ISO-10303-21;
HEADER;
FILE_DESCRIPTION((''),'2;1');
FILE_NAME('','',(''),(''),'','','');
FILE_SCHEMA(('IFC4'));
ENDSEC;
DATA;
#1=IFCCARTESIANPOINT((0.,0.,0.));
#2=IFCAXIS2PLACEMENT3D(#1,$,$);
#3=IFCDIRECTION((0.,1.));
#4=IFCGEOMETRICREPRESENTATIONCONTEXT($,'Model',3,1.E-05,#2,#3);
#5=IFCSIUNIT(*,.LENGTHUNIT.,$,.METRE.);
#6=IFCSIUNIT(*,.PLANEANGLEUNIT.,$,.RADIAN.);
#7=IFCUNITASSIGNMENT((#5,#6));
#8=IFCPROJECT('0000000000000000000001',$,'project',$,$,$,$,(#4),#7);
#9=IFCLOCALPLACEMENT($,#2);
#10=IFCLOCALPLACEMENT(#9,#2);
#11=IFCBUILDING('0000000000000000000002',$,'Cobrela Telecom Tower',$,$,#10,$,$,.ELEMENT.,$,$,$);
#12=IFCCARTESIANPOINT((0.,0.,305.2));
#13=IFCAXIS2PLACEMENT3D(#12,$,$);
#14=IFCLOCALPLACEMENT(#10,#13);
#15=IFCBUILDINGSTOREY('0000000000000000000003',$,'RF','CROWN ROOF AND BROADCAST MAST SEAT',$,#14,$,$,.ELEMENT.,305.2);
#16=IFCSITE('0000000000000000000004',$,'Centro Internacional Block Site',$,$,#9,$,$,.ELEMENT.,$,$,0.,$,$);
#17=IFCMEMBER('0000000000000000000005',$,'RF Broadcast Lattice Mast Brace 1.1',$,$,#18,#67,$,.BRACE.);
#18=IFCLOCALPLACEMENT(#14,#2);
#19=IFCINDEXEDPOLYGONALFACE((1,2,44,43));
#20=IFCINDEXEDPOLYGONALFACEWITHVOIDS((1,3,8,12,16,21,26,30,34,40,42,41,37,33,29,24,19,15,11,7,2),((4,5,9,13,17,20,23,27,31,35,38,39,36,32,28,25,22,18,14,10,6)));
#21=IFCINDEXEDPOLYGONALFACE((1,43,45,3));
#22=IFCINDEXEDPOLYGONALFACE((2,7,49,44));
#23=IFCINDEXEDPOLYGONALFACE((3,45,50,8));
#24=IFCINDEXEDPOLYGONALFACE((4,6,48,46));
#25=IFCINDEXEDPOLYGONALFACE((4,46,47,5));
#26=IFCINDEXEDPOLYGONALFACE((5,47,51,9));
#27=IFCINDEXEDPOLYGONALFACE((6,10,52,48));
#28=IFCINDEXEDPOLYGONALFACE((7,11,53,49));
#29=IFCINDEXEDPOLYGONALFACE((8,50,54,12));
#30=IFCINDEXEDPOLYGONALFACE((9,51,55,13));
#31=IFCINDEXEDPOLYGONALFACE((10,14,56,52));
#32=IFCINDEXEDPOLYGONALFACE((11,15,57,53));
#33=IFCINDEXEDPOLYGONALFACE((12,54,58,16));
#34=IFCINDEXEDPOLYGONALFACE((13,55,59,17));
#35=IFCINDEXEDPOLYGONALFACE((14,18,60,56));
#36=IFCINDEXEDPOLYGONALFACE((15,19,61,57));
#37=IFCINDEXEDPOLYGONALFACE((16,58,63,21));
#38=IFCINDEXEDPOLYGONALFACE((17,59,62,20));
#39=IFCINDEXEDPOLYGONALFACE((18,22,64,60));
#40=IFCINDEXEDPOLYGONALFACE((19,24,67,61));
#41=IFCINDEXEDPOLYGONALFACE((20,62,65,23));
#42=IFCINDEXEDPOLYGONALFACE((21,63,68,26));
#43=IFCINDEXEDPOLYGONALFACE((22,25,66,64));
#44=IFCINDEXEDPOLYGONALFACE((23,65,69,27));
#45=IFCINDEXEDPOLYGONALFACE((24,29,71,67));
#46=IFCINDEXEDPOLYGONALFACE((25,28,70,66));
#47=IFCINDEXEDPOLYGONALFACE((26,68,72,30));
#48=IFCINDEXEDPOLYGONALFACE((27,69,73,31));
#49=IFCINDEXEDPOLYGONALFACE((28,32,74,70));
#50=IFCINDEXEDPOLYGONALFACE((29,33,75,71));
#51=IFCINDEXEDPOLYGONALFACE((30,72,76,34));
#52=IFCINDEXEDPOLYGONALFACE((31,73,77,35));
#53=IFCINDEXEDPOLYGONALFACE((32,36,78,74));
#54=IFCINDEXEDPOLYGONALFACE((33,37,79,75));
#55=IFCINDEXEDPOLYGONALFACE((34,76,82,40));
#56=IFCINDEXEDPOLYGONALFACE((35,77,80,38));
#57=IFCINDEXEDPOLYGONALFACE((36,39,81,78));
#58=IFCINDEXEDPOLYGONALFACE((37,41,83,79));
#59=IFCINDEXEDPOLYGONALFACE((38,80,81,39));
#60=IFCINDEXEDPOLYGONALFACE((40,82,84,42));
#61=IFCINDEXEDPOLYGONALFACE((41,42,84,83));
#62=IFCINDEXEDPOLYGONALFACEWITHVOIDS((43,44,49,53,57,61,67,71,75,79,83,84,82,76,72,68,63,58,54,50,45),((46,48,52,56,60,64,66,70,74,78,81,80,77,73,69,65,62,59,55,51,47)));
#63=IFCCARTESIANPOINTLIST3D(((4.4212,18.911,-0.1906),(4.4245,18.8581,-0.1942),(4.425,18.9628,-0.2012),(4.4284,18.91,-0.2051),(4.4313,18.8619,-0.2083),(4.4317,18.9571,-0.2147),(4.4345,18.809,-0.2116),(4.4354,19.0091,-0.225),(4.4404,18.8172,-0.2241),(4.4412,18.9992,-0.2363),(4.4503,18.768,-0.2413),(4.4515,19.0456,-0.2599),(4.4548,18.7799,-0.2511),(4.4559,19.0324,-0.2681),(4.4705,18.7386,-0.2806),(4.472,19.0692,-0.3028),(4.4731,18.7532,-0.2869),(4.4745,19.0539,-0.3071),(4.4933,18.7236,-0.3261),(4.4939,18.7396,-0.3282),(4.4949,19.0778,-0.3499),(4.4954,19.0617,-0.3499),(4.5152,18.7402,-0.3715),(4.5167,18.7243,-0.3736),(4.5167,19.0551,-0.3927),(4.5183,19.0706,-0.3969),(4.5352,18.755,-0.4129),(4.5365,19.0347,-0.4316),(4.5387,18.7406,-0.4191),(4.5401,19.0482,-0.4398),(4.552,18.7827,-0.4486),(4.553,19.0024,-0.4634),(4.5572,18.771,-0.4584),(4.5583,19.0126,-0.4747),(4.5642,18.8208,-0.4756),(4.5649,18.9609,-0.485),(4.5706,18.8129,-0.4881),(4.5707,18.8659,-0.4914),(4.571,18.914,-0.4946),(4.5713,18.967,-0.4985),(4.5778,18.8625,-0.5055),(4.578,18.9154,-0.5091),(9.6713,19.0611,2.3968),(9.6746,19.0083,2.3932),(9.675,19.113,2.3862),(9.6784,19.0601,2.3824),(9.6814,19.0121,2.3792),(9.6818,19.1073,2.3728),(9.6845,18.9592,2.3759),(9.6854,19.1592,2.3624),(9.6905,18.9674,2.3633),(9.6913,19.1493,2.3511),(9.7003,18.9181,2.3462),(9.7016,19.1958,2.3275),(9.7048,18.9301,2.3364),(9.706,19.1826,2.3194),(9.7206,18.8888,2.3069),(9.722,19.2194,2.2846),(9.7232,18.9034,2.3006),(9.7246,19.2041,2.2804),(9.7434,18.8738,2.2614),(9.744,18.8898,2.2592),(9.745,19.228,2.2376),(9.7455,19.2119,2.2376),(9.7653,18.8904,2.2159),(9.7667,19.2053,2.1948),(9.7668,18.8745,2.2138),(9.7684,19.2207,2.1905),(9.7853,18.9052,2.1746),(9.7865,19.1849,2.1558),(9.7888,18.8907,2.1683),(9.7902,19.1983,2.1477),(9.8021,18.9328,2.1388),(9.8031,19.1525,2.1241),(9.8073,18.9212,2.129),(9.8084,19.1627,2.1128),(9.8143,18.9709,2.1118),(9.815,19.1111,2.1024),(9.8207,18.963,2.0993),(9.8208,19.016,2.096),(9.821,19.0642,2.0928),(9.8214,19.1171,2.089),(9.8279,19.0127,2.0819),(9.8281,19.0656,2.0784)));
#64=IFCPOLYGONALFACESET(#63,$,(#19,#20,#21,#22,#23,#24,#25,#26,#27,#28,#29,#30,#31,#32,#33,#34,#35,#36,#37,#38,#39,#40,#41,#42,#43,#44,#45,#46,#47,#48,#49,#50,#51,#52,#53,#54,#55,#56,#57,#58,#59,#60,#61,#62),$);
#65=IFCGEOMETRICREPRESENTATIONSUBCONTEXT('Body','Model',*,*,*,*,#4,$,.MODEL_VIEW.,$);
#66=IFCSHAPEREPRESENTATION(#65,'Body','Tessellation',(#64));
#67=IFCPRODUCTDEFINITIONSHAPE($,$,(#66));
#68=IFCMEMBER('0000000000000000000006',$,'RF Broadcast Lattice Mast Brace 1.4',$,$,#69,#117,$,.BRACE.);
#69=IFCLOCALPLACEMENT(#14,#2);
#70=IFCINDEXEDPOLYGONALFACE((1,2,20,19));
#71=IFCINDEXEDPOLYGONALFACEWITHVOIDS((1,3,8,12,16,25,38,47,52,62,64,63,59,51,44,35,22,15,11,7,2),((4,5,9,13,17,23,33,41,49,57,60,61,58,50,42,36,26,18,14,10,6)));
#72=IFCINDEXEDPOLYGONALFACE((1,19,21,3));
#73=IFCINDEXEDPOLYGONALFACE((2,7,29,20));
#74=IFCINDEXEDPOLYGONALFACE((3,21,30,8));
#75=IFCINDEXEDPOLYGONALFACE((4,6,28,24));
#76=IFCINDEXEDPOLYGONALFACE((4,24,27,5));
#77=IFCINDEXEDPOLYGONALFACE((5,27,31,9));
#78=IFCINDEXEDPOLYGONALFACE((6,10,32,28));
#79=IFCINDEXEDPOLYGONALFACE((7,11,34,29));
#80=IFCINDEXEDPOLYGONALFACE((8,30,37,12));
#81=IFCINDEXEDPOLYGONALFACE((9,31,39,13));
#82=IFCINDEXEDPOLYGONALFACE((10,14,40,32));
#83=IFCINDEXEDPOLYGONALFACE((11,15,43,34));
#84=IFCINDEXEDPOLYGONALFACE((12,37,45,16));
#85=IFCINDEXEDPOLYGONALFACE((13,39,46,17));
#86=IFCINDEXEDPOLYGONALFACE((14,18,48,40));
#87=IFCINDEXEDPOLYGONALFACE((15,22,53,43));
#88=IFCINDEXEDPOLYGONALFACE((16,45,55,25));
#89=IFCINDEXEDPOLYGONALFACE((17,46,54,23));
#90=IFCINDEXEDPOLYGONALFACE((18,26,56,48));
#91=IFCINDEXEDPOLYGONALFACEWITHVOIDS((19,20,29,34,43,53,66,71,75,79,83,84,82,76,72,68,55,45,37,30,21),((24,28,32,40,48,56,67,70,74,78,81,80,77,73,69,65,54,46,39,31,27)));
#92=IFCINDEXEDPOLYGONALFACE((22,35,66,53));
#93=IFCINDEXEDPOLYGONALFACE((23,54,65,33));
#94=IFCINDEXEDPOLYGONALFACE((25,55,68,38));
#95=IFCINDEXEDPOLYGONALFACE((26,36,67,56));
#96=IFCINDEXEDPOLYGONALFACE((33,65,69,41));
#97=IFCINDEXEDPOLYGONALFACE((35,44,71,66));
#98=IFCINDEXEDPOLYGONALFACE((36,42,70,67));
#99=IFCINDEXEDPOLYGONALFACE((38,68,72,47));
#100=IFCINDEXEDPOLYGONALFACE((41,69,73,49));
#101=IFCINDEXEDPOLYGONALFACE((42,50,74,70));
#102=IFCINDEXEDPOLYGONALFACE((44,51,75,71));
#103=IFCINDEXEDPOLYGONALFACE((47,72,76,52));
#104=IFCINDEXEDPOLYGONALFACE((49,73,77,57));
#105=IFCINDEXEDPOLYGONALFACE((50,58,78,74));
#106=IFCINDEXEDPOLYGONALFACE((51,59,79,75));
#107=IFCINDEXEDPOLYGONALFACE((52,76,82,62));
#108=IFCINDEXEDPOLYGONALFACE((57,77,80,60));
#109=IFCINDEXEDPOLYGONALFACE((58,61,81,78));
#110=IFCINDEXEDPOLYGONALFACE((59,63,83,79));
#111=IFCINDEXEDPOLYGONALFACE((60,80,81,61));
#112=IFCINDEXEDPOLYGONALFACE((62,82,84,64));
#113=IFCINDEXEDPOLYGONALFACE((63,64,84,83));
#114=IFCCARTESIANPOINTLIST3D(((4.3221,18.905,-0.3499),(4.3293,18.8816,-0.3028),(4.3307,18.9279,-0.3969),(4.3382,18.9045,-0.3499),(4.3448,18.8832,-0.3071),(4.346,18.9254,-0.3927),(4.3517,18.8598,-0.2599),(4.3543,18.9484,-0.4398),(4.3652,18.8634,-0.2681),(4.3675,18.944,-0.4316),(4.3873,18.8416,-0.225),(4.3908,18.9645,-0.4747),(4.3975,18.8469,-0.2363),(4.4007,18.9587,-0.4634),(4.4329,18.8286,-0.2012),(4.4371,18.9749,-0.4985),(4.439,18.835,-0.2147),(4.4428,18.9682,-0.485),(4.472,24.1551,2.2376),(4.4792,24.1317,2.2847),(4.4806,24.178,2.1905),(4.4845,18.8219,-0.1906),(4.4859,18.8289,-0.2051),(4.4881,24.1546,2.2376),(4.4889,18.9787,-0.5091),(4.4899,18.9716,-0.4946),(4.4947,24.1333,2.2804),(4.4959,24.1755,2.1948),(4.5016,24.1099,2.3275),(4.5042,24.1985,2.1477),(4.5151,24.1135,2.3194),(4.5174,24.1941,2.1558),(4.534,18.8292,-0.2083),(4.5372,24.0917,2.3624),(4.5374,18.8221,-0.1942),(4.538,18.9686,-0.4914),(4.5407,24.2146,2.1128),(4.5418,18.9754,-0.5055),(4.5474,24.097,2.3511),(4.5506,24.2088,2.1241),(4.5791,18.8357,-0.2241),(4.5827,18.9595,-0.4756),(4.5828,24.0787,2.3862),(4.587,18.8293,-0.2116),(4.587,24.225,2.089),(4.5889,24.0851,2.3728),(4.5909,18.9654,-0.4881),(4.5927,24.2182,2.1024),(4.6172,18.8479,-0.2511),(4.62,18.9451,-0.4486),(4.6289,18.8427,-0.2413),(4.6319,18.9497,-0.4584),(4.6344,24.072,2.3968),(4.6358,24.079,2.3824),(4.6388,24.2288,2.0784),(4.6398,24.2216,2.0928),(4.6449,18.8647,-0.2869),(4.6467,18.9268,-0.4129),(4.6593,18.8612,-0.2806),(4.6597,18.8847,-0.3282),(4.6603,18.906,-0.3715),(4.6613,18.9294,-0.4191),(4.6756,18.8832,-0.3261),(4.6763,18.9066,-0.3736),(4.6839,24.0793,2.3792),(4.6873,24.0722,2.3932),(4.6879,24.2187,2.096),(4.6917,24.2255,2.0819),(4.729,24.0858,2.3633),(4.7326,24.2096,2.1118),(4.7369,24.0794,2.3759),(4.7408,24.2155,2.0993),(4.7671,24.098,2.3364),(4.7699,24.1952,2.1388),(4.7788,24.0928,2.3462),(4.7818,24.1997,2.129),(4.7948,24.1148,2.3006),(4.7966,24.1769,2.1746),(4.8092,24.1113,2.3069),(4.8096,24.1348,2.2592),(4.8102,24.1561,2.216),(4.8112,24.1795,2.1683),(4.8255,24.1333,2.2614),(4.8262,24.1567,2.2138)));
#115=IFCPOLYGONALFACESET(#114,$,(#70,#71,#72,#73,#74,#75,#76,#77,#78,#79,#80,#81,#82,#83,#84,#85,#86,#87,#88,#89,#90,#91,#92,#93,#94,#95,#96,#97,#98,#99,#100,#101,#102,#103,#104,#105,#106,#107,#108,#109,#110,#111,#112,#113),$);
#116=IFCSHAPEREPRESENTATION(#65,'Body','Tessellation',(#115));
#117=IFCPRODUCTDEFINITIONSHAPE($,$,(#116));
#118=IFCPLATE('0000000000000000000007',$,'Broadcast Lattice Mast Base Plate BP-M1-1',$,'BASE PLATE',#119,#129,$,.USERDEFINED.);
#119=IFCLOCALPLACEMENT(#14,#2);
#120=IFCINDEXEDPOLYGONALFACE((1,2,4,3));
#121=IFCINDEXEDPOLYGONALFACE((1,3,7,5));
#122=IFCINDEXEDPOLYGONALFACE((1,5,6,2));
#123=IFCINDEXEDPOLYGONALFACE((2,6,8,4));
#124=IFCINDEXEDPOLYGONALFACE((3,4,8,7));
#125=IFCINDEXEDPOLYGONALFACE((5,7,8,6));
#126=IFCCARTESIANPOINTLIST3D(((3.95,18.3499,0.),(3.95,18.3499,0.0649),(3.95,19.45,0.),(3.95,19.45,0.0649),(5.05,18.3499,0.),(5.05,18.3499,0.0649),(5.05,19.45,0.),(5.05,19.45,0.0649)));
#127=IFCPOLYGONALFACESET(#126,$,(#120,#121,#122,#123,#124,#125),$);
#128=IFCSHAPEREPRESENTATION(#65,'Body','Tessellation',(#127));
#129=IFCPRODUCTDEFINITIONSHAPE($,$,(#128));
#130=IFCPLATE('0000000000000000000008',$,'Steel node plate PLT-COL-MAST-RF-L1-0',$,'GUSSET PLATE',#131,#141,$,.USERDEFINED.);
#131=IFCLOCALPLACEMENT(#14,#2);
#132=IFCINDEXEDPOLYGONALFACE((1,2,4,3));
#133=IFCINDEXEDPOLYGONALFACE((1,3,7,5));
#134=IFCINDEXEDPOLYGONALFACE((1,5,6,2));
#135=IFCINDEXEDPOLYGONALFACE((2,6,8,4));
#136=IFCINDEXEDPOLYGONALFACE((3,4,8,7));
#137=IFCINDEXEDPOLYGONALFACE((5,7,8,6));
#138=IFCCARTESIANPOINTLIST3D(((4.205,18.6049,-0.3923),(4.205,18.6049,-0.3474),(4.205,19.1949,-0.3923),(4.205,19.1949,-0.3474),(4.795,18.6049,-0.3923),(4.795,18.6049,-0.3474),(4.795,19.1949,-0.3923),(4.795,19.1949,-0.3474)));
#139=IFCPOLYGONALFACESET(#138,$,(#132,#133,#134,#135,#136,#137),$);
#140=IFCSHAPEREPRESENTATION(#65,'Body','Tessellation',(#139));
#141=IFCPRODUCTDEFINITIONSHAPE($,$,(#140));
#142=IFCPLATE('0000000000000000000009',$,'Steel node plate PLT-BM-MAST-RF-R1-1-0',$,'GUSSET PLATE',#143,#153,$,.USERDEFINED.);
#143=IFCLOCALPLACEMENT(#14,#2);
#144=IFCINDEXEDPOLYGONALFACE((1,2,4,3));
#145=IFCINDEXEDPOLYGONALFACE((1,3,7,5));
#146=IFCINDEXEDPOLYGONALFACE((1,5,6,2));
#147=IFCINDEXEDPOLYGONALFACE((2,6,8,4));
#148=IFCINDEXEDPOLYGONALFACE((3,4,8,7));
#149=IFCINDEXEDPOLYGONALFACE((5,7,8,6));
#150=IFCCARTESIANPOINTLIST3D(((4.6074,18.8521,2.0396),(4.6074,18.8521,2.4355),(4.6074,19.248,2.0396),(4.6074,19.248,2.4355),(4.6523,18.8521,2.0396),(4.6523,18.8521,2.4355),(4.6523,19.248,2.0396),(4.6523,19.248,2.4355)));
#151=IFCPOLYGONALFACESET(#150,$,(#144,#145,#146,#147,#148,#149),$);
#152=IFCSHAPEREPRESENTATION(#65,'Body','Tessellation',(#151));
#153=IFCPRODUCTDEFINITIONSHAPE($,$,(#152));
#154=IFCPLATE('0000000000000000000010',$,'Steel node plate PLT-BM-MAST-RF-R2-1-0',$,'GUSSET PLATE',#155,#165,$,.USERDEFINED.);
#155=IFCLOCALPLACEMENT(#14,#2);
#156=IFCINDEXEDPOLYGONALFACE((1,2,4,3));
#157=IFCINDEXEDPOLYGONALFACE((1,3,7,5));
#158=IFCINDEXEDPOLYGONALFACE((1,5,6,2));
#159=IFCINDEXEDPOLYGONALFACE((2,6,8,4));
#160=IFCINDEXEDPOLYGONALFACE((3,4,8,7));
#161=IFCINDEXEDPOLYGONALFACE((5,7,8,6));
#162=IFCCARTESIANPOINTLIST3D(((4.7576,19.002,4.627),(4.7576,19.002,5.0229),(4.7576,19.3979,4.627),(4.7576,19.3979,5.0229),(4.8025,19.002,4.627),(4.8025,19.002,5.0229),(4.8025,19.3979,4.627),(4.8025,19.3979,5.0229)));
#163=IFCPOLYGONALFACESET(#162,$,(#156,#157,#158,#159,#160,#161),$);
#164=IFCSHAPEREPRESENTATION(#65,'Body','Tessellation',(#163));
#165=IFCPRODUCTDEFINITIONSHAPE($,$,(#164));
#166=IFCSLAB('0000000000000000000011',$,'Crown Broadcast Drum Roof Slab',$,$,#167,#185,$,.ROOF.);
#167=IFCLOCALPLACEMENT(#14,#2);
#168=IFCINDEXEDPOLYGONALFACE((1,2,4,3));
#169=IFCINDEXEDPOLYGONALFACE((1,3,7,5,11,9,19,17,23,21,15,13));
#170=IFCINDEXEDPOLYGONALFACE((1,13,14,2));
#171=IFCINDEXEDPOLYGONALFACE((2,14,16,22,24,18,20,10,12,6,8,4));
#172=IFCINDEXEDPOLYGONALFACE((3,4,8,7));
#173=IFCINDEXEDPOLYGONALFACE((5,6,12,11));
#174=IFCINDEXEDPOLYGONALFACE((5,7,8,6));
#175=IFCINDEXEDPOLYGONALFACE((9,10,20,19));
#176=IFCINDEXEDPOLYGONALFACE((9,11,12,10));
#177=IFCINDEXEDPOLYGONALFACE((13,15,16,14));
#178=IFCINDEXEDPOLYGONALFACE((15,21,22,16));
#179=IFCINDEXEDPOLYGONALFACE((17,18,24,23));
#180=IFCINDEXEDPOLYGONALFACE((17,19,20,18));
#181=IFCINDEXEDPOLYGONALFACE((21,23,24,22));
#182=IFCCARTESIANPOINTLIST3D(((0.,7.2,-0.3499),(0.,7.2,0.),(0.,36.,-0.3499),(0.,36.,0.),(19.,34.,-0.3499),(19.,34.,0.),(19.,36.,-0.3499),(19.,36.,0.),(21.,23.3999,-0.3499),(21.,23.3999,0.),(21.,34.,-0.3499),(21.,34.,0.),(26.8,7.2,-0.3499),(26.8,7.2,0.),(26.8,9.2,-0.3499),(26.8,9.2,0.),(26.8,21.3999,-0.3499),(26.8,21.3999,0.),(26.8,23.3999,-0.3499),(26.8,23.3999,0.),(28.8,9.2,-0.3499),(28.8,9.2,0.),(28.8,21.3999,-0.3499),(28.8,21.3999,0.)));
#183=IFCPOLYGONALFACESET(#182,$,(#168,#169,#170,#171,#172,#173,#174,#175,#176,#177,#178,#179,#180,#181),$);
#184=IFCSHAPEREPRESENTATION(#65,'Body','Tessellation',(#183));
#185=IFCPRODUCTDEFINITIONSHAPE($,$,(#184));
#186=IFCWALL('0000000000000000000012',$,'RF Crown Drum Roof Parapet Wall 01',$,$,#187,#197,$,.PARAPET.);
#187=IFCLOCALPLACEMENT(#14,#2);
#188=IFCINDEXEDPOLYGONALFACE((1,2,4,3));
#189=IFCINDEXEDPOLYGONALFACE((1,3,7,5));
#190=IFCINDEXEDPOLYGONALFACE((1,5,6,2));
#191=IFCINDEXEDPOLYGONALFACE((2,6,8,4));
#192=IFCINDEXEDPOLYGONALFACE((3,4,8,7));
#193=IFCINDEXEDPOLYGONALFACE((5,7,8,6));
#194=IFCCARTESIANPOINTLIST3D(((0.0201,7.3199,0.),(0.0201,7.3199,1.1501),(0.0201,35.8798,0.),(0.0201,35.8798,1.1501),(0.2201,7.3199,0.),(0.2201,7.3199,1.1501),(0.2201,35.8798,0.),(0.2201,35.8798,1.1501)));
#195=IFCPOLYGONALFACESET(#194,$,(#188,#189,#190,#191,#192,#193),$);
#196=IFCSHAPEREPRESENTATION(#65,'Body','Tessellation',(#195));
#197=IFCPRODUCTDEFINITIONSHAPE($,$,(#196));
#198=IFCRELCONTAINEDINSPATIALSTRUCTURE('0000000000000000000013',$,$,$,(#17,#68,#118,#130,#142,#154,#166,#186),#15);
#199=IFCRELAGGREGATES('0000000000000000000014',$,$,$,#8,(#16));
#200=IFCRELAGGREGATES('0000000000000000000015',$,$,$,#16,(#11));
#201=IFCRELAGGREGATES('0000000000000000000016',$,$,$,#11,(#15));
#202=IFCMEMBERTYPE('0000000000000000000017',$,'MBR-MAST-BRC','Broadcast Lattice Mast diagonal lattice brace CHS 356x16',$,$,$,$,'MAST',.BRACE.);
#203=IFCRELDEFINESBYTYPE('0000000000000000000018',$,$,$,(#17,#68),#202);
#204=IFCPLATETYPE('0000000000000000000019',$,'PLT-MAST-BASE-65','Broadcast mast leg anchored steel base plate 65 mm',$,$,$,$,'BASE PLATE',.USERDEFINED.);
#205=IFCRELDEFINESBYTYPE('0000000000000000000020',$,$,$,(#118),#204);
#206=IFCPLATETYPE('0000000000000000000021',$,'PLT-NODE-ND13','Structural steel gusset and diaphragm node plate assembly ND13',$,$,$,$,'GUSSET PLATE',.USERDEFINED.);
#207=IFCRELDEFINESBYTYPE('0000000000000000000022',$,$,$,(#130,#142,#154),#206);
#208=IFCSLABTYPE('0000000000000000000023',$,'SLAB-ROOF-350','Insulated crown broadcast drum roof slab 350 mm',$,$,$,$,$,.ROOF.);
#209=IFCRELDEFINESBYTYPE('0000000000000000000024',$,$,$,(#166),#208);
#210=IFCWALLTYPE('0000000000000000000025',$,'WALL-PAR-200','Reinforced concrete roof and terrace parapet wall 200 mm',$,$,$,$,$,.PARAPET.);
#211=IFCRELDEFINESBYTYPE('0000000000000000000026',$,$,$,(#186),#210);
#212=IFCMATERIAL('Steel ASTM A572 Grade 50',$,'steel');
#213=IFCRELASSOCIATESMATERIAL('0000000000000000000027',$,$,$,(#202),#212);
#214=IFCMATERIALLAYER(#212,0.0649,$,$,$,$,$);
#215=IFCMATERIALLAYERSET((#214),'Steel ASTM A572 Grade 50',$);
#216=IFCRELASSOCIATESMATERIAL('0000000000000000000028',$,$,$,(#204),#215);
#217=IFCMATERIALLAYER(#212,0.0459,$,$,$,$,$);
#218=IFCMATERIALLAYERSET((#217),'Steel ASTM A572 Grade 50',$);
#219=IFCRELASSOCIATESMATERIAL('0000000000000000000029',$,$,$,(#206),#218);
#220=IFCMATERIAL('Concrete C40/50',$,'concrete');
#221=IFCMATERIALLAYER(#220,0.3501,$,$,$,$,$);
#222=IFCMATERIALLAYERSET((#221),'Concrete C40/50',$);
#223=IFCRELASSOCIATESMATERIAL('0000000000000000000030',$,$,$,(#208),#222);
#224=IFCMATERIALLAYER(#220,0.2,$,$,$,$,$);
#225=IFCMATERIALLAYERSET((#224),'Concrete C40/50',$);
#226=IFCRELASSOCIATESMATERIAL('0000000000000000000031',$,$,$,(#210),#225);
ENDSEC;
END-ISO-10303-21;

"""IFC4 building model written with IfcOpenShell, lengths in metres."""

from ifc_helpers import new_model, si_unit, direction, frame, frame_2d, origin, origin_2d, place, context, subcontext, project, spatial, polyline, rectangle, hollow_circle, outline, extrude, material, layer, layer_set, material_profile, profile_set, type_object, element, save


model = new_model("IFC4")

# Units and contexts
model_context = context("Model", 3, precision=1e-05, world=origin(), true_north=direction((0.0, 1.0)))
body_context = subcontext(model_context, "Body", "Model", "MODEL_VIEW")
ifc_project = project(units=[si_unit("LENGTHUNIT", "METRE"), si_unit("PLANEANGLEUNIT", "RADIAN")], contexts=[model_context])

# Site, building, storey
site_placement = place(None, origin())
site = spatial("IfcSite", under=ifc_project, at=site_placement, Name="Centro Internacional Block Site", CompositionType="ELEMENT", RefElevation=0.0)
building_placement = place(site_placement, origin())
building = spatial("IfcBuilding", under=site, at=building_placement, Name="Cobrela Telecom Tower", CompositionType="ELEMENT")
storey_placement = place(building_placement, frame((0.0, 0.0, 305.2)))
storey = spatial("IfcBuildingStorey", under=building, at=storey_placement, Name="RF", Description="CROWN ROOF AND BROADCAST MAST SEAT", CompositionType="ELEMENT", Elevation=305.2)

# Shared definitions
ifc_material_1 = material(Name="Steel ASTM A572 Grade 50", Category="steel")

# Members
ifc_material_profile_1 = material_profile(ifc_material_1, hollow_circle(Radius=0.178, WallThickness=0.0161, at=origin_2d()), Name="CHS 356x16")
ifc_profile_set_1 = profile_set([ifc_material_profile_1], Name="Steel ASTM A572 Grade 50")
member_type = type_object("IfcMemberType", Name="MBR-MAST-BRC", Description="Broadcast Lattice Mast diagonal lattice brace CHS 356x16", ElementType="MAST", PredefinedType="BRACE", material=ifc_profile_set_1)
for number, where, z_axis, x_axis, name in (
    (1, (4.5, 18.8999, -0.3499), (0.896687, 0.025645, 0.441922), (-0.028588, 0.999591, 0.0), "RF Broadcast Lattice Mast Brace 1.1"),
    (2, (4.5, 18.8999, -0.3499), (0.025603, 0.896688, 0.441922), (-0.999593, 0.028541, 0.0), "RF Broadcast Lattice Mast Brace 1.4"),
):
    element("IfcMember", number, at=place(storey_placement, frame(where, z_axis=z_axis, x_axis=x_axis)), inside=storey, type_object=member_type, Name=name, PredefinedType="BRACE", context=body_context, shape_type="SweptSolid", body=[
        extrude(hollow_circle(Radius=0.178, WallThickness=0.0161, at=origin_2d()), origin(), (0.0, 0.0, 1.0), 5.855),
    ])

# Plates
ifc_layer_1 = layer(ifc_material_1, 0.0649)
ifc_layer_set_1 = layer_set([ifc_layer_1], Name="Steel ASTM A572 Grade 50")
plate_type_1 = type_object("IfcPlateType", Name="PLT-MAST-BASE-65", Description="Broadcast mast leg anchored steel base plate 65 mm", ElementType="BASE PLATE", PredefinedType="USERDEFINED", material=ifc_layer_set_1)
plate_1_placement = place(storey_placement, frame((4.5, 18.8999, 0.0), z_axis=(0.0, 0.0, 1.0), x_axis=(1.0, 0.0, 0.0)))
element("IfcPlate", 3, at=plate_1_placement, inside=storey, type_object=plate_type_1, Name="Broadcast Lattice Mast Base Plate BP-M1-1", ObjectType="BASE PLATE", PredefinedType="USERDEFINED", context=body_context, shape_type="SweptSolid", body=[
    extrude(rectangle(XDim=1.1001, YDim=1.1001, at=origin_2d()), origin(), (0.0, 0.0, 1.0), 0.0649),
])
ifc_layer_2 = layer(ifc_material_1, 0.0459)
ifc_layer_set_2 = layer_set([ifc_layer_2], Name="Steel ASTM A572 Grade 50")
plate_type_2 = type_object("IfcPlateType", Name="PLT-NODE-ND13", Description="Structural steel gusset and diaphragm node plate assembly ND13", ElementType="GUSSET PLATE", PredefinedType="USERDEFINED", material=ifc_layer_set_2)
plate_2_placement = place(storey_placement, frame((4.5, 18.8999, -0.3923), z_axis=(0.0, 0.0, 1.0), x_axis=(1.0, 0.0, 0.0)))
element("IfcPlate", 4, at=plate_2_placement, inside=storey, type_object=plate_type_2, Name="Steel node plate PLT-COL-MAST-RF-L1-0", ObjectType="GUSSET PLATE", PredefinedType="USERDEFINED", context=body_context, shape_type="SweptSolid", body=[
    extrude(rectangle(XDim=0.5901, YDim=0.5901, at=origin_2d()), origin(), (0.0, 0.0, 1.0), 0.0449),
])
for number, where, z_axis, x_axis, name in (
    (5, (4.6299, 19.05, 2.0396), (0.0, 0.0, 1.0), (1.0, 0.0, 0.0), "Steel node plate PLT-BM-MAST-RF-R1-1-0"),
    (6, (4.78, 19.2, 4.627), (0.0, 0.0, 1.0), (1.0, 0.0, 0.0), "Steel node plate PLT-BM-MAST-RF-R2-1-0"),
):
    element("IfcPlate", number, at=place(storey_placement, frame(where, z_axis=z_axis, x_axis=x_axis)), inside=storey, type_object=plate_type_2, Name=name, ObjectType="GUSSET PLATE", PredefinedType="USERDEFINED", context=body_context, shape_type="SweptSolid", body=[
        extrude(rectangle(XDim=0.0449, YDim=0.396, at=origin_2d()), origin(), (0.0, 0.0, 1.0), 0.396),
    ])

# Slab
ifc_material_2 = material(Name="Concrete C40/50", Category="concrete")
ifc_layer_3 = layer(ifc_material_2, 0.3501)
ifc_layer_set_3 = layer_set([ifc_layer_3], Name="Concrete C40/50")
slab_type = type_object("IfcSlabType", Name="SLAB-ROOF-350", Description="Insulated crown broadcast drum roof slab 350 mm", PredefinedType="ROOF", material=ifc_layer_set_3)
slab_placement = place(storey_placement, frame((0.0, 0.0, -0.3499)))
element("IfcSlab", 7, at=slab_placement, inside=storey, type_object=slab_type, Name="Crown Broadcast Drum Roof Slab", PredefinedType="ROOF", context=body_context, shape_type="SweptSolid", body=[
    extrude(outline(polyline([(0.0, 7.2), (26.8, 7.2), (26.8, 9.2), (28.8, 9.2), (28.8, 21.3999), (26.8, 21.3999), (26.8, 23.3999), (21.0, 23.3999), (21.0, 34.0), (19.0, 34.0), (19.0, 36.0), (0.0, 36.0), (0.0, 7.2)])), origin(), (0.0, 0.0, 1.0), 0.3499),
])

# Wall
ifc_layer_4 = layer(ifc_material_2, 0.2)
ifc_layer_set_4 = layer_set([ifc_layer_4], Name="Concrete C40/50")
wall_type = type_object("IfcWallType", Name="WALL-PAR-200", Description="Reinforced concrete roof and terrace parapet wall 200 mm", PredefinedType="PARAPET", material=ifc_layer_set_4)
wall_placement = place(storey_placement, frame((0.1201, 7.3201, 0.0), z_axis=(0.0, 0.0, 1.0), x_axis=(0.0, 1.0, 0.0)))
element("IfcWall", 8, at=wall_placement, inside=storey, type_object=wall_type, Name="RF Crown Drum Roof Parapet Wall 01", PredefinedType="PARAPET", context=body_context, shape_type="SweptSolid", body=[
    extrude(rectangle(XDim=28.5598, YDim=0.2, at=frame_2d((14.2798, 0.0))), origin(), (0.0, 0.0, 1.0), 1.1501),
])

save(model, "model.ifc")
